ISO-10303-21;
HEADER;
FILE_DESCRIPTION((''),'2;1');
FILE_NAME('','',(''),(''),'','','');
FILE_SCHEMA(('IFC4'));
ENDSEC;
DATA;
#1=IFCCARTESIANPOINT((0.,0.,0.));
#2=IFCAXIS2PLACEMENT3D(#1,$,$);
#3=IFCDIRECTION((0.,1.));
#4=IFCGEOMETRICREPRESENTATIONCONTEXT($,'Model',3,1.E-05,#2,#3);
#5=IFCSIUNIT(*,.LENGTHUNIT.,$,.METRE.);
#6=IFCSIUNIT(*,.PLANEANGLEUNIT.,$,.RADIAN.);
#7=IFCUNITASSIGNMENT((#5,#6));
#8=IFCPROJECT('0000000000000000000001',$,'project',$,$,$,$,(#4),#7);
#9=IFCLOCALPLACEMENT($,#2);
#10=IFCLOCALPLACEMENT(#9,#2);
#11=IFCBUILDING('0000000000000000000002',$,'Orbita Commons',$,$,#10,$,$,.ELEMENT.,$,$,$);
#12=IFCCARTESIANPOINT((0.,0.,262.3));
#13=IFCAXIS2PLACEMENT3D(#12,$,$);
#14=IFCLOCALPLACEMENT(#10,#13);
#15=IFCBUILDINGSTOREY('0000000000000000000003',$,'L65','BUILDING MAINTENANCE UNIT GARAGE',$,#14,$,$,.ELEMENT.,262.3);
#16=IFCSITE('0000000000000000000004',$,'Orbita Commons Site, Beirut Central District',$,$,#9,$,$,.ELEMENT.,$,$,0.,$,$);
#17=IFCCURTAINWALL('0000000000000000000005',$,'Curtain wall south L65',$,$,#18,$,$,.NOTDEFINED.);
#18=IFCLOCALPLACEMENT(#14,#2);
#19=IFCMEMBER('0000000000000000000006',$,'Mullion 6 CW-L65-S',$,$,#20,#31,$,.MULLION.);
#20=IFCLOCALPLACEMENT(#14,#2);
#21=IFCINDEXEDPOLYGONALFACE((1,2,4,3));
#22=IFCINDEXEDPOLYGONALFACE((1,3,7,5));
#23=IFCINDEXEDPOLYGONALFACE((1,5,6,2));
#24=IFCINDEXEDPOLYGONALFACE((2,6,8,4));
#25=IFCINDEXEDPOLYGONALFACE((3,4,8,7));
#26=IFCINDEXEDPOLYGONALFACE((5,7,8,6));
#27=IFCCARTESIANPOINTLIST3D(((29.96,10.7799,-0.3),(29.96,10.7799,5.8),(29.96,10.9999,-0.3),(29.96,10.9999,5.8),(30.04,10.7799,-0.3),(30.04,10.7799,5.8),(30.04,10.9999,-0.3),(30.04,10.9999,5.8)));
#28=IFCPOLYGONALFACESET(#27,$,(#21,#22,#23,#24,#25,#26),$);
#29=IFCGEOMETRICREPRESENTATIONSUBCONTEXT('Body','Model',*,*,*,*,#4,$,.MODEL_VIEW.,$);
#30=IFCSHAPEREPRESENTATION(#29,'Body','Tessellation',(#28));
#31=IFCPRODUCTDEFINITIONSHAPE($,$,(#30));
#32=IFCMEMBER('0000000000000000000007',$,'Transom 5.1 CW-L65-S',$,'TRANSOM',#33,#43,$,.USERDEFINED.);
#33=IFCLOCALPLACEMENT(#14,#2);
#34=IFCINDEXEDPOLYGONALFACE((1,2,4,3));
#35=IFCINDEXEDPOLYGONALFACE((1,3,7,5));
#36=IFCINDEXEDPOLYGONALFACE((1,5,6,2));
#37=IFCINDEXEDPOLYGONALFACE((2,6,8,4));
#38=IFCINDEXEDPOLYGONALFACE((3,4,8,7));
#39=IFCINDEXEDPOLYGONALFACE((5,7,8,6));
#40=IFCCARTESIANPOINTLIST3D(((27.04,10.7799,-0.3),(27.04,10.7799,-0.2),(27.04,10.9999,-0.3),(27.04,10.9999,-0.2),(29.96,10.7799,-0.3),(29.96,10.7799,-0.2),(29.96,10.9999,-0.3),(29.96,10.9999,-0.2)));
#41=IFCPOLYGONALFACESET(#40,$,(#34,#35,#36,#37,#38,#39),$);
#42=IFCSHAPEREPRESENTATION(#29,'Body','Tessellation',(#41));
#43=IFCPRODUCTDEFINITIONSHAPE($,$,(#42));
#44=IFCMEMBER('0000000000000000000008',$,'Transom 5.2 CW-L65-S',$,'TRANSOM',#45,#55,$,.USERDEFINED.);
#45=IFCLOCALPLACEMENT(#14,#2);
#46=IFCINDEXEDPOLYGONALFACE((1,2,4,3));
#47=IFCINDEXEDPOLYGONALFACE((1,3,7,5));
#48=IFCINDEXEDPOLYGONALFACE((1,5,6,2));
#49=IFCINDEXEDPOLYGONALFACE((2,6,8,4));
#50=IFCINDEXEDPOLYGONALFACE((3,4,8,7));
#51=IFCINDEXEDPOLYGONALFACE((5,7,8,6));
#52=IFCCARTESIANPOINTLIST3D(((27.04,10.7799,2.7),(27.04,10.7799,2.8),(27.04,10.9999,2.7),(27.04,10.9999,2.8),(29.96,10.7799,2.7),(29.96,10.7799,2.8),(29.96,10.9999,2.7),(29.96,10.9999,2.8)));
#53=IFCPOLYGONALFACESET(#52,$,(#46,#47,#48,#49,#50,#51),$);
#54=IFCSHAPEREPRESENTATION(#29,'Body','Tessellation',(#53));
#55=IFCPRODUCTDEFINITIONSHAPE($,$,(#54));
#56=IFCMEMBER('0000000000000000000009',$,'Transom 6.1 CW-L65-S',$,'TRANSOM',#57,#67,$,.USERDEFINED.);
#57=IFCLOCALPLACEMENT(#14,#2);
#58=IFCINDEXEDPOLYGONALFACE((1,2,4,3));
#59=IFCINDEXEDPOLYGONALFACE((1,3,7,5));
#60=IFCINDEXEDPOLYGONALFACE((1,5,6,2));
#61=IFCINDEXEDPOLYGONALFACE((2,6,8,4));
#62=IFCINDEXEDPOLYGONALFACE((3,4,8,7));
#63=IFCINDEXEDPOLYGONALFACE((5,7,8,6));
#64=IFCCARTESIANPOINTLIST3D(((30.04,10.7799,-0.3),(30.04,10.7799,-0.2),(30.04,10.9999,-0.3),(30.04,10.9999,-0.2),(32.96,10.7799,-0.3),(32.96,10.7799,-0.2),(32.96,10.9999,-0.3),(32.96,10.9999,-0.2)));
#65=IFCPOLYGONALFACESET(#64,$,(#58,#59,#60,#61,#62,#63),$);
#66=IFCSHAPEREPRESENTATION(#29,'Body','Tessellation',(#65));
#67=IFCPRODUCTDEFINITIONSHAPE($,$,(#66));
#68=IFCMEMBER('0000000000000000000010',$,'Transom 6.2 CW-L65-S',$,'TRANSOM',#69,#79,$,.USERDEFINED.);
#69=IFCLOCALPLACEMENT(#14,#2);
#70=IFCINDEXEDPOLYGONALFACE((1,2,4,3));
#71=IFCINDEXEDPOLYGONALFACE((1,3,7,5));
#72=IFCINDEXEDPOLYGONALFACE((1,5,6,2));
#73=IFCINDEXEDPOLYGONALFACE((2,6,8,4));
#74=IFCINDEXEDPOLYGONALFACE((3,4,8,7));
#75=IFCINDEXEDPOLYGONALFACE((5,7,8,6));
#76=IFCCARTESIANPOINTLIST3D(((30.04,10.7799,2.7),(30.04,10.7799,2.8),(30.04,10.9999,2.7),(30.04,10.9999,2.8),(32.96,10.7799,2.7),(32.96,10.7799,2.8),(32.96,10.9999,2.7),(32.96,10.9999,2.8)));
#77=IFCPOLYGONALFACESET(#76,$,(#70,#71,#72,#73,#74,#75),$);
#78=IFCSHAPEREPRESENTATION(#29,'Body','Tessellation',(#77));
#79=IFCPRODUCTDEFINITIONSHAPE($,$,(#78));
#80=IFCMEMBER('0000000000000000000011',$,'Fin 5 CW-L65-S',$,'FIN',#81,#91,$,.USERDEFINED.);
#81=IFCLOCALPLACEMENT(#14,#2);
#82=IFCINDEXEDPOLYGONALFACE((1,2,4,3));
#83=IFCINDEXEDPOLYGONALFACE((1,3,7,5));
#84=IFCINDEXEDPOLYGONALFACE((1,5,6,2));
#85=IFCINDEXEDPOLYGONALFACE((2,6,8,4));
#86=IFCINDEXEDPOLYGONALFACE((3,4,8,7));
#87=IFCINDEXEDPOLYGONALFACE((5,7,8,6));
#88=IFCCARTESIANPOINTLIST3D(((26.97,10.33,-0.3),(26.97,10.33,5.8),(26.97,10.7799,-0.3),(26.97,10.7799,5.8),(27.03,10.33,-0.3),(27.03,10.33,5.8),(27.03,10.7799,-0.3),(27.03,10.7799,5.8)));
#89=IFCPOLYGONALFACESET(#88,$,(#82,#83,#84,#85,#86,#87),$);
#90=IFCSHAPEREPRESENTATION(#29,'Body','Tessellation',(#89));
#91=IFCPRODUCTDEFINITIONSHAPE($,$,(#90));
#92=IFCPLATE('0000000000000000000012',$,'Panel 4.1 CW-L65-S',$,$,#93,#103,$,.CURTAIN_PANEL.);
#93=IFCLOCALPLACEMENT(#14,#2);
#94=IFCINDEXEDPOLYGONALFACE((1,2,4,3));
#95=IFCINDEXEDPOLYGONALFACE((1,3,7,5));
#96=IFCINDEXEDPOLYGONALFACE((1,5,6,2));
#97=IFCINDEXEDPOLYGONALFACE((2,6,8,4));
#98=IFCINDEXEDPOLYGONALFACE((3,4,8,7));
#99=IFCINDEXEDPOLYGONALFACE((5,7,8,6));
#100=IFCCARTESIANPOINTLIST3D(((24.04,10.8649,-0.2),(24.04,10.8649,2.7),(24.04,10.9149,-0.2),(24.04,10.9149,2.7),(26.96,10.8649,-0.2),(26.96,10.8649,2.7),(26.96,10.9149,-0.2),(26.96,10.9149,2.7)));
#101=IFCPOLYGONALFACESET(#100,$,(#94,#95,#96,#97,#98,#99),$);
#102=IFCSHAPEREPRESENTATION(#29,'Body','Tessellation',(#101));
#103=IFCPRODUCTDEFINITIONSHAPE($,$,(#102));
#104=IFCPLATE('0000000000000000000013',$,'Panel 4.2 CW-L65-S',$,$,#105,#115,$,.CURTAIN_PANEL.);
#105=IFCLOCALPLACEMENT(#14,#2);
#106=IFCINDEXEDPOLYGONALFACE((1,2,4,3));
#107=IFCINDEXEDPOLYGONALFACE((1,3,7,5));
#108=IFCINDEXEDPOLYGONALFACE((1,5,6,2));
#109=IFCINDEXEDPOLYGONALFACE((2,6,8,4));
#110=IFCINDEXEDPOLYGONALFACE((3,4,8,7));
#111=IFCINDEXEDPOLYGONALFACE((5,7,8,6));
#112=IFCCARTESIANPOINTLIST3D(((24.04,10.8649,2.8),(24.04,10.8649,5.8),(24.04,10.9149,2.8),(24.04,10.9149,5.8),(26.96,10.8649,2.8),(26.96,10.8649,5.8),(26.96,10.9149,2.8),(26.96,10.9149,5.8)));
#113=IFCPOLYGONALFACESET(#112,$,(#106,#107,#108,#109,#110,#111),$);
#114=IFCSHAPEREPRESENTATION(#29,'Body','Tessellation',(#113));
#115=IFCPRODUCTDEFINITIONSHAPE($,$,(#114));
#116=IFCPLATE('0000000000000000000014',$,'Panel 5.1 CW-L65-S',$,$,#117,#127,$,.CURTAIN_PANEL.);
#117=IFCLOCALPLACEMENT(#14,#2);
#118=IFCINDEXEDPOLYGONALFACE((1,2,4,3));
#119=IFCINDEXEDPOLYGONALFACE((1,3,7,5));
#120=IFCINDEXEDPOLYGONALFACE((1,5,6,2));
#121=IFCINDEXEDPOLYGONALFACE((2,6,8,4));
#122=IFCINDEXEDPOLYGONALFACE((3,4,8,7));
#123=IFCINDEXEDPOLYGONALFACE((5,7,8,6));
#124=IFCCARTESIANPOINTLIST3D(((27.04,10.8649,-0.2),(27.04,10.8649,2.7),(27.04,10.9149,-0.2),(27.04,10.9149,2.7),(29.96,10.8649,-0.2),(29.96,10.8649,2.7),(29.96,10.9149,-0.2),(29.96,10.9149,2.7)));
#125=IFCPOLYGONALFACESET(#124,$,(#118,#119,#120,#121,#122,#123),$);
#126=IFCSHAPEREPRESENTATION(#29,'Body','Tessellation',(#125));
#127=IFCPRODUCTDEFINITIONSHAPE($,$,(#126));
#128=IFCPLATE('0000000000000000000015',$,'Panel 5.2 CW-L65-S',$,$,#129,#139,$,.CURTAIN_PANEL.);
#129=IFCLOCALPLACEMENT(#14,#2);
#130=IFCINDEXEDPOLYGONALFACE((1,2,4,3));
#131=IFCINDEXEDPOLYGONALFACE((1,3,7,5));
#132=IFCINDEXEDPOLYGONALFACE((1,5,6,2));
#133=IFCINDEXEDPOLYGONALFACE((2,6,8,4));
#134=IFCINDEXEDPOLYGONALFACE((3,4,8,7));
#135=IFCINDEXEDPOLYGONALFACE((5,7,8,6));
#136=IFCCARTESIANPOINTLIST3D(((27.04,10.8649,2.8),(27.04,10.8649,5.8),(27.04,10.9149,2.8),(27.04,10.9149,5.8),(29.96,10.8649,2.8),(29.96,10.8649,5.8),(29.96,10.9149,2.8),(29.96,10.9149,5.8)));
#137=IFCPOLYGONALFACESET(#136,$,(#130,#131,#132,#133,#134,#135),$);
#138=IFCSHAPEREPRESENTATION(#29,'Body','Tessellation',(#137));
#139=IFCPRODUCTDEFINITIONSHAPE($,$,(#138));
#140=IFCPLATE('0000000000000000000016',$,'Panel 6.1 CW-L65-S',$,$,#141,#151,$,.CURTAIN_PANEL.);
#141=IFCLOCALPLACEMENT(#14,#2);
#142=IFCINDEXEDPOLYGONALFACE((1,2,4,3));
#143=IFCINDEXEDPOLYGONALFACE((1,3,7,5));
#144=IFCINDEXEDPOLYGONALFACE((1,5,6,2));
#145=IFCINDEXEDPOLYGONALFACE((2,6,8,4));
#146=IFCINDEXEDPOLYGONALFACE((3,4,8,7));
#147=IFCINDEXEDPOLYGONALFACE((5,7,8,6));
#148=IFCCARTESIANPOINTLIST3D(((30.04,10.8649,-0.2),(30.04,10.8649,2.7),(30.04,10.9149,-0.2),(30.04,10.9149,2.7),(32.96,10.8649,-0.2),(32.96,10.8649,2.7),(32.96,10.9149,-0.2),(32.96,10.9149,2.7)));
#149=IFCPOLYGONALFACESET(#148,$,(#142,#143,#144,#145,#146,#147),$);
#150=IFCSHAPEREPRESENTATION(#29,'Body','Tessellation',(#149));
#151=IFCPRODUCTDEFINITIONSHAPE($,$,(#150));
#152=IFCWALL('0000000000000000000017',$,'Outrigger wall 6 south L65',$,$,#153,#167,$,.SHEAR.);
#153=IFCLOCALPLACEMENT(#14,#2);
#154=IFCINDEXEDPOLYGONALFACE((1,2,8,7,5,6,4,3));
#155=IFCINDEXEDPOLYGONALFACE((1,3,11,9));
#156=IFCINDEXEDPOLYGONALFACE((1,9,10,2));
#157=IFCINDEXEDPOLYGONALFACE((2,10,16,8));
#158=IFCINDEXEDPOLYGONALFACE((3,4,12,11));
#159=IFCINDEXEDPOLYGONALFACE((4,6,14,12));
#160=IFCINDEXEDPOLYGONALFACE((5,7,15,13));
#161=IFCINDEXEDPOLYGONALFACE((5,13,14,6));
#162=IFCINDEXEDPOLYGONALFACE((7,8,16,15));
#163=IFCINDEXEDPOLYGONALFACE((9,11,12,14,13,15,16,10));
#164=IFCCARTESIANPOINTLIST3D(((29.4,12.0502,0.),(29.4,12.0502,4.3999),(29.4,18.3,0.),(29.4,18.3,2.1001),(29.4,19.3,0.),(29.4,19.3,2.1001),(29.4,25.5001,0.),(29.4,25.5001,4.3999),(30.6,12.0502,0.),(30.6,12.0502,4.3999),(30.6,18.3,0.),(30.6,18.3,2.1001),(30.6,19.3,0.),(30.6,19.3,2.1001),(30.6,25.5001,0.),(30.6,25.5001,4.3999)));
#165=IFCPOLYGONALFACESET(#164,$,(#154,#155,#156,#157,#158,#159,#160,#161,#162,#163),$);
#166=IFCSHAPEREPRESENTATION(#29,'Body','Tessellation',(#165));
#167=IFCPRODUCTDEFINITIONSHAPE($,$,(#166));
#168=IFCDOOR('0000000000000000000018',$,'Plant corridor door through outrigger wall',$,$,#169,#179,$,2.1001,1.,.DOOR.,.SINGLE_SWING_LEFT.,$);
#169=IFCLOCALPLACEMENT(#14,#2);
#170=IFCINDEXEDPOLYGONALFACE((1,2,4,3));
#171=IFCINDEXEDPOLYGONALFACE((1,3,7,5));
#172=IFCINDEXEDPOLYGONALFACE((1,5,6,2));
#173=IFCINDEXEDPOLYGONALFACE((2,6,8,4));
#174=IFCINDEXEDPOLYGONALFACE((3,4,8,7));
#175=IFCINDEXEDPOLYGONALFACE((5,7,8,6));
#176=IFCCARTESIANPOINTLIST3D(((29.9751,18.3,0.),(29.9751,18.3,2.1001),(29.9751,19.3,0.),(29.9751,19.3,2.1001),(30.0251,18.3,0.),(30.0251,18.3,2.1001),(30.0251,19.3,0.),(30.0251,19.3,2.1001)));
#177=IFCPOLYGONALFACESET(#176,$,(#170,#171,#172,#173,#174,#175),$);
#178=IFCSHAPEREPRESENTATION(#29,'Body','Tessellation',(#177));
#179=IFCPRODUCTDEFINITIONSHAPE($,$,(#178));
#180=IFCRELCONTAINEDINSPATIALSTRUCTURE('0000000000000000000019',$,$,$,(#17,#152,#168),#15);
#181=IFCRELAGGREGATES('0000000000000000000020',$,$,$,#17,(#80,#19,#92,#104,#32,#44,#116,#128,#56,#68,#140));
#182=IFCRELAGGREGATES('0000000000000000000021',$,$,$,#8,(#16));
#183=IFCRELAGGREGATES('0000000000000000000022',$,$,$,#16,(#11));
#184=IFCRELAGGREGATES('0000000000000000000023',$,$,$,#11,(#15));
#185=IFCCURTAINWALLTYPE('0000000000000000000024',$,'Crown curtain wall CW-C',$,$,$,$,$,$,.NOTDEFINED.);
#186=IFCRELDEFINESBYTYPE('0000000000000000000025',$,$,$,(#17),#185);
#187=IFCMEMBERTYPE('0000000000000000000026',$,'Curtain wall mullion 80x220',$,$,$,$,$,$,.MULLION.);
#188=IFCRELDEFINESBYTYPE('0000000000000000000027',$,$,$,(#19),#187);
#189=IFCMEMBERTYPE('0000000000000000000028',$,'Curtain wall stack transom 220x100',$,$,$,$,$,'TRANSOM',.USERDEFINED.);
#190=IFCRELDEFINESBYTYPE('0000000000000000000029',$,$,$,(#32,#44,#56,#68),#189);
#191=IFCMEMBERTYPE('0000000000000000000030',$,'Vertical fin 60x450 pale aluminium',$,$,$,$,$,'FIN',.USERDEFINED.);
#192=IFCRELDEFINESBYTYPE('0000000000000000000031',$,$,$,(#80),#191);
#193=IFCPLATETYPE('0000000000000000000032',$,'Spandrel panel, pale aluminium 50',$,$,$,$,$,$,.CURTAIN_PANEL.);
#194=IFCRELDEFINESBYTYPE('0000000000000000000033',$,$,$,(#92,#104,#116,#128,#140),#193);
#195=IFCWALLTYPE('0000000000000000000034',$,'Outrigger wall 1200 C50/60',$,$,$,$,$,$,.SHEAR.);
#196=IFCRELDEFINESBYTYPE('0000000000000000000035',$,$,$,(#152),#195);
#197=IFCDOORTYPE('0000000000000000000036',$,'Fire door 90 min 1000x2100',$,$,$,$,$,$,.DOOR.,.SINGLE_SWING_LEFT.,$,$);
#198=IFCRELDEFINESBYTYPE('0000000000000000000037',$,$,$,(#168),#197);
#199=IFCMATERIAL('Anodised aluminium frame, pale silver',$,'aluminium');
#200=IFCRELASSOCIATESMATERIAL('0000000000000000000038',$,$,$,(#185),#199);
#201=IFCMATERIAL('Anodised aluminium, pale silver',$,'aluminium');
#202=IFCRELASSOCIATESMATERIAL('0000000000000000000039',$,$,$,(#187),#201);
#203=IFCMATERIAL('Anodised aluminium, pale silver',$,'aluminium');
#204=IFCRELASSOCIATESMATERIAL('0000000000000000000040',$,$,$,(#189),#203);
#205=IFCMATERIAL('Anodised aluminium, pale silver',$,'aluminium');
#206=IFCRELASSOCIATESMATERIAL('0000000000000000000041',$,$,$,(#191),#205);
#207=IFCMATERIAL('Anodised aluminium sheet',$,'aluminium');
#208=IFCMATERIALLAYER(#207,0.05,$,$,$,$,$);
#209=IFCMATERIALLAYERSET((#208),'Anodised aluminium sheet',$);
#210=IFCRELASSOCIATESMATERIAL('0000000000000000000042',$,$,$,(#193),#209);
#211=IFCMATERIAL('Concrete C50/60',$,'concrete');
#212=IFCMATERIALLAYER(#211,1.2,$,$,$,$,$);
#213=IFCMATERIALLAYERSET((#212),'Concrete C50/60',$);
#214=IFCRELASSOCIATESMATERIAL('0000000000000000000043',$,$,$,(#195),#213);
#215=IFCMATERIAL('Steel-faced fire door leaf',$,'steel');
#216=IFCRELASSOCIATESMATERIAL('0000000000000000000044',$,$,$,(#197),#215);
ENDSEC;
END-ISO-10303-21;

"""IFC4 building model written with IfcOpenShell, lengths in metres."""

from ifc_helpers import new_model, si_unit, direction, frame, frame_2d, origin, origin_2d, place, context, subcontext, project, spatial, rectangle, extrude, material, layer, layer_set, material_profile, profile_set, type_object, element, fill, aggregate, save


model = new_model("IFC4")

# Units and contexts
model_context = context("Model", 3, precision=1e-05, world=origin(), true_north=direction((0.0, 1.0)))
body_context = subcontext(model_context, "Body", "Model", "MODEL_VIEW")
ifc_project = project(units=[si_unit("LENGTHUNIT", "METRE"), si_unit("PLANEANGLEUNIT", "RADIAN")], contexts=[model_context])

# Site, building, storey
site_placement = place(None, origin())
site = spatial("IfcSite", under=ifc_project, at=site_placement, Name="Orbita Commons Site, Beirut Central District", CompositionType="ELEMENT", RefElevation=0.0)
building_placement = place(site_placement, origin())
building = spatial("IfcBuilding", under=site, at=building_placement, Name="Orbita Commons", CompositionType="ELEMENT")
storey_placement = place(building_placement, frame((0.0, 0.0, 262.3)))
storey = spatial("IfcBuildingStorey", under=building, at=storey_placement, Name="L65", Description="BUILDING MAINTENANCE UNIT GARAGE", CompositionType="ELEMENT", Elevation=262.3)

# Curtain wall, members, plates
ifc_material_1 = material(Name="Anodised aluminium frame, pale silver", Category="aluminium")
curtain_wall_type = type_object("IfcCurtainWallType", Name="Crown curtain wall CW-C", PredefinedType="NOTDEFINED", material=ifc_material_1)
curtain_wall_placement = place(storey_placement, origin())
curtain_wall = element("IfcCurtainWall", 1, at=curtain_wall_placement, inside=storey, type_object=curtain_wall_type, Name="Curtain wall south L65", PredefinedType="NOTDEFINED")
ifc_material_2 = material(Name="Anodised aluminium, pale silver", Category="aluminium")
ifc_material_profile_1 = material_profile(ifc_material_2, rectangle(XDim=0.0801, YDim=0.22, at=origin_2d()), Name="AL 80x220")
ifc_profile_set_1 = profile_set([ifc_material_profile_1], Name="Anodised aluminium, pale silver")
member_type_1 = type_object("IfcMemberType", Name="Curtain wall mullion 80x220", PredefinedType="MULLION", material=ifc_profile_set_1)
member_1_placement = place(storey_placement, frame((30.0, 10.8899, -0.3), z_axis=(0.0, 0.0, 1.0), x_axis=(1.0, 0.0, 0.0)))
member_1 = element("IfcMember", 2, at=member_1_placement, type_object=member_type_1, Name="Mullion 6 CW-L65-S", PredefinedType="MULLION", context=body_context, shape_type="SweptSolid", body=[
    extrude(rectangle(XDim=0.0801, YDim=0.22, at=origin_2d()), origin(), (0.0, 0.0, 1.0), 6.1001),
])
ifc_material_3 = material(Name="Anodised aluminium, pale silver", Category="aluminium")
ifc_material_profile_2 = material_profile(ifc_material_3, rectangle(XDim=0.22, YDim=0.1001, at=origin_2d()), Name="AL 220x100")
ifc_profile_set_2 = profile_set([ifc_material_profile_2], Name="Anodised aluminium, pale silver")
member_type_2 = type_object("IfcMemberType", Name="Curtain wall stack transom 220x100", ElementType="TRANSOM", PredefinedType="USERDEFINED", material=ifc_profile_set_2)
member_2_placement = place(storey_placement, frame((27.04, 10.8899, -0.25), z_axis=(1.0, 0.0, 0.0), x_axis=(0.0, 1.0, 0.0)))
member_2 = element("IfcMember", 3, at=member_2_placement, type_object=member_type_2, Name="Transom 5.1 CW-L65-S", ObjectType="TRANSOM", PredefinedType="USERDEFINED", context=body_context, shape_type="SweptSolid", body=[
    extrude(rectangle(XDim=0.22, YDim=0.1001, at=origin_2d()), origin(), (0.0, 0.0, 1.0), 2.9199),
])
member_3_placement = place(storey_placement, frame((27.04, 10.8899, 2.75), z_axis=(1.0, 0.0, 0.0), x_axis=(0.0, 1.0, 0.0)))
member_3 = element("IfcMember", 4, at=member_3_placement, type_object=member_type_2, Name="Transom 5.2 CW-L65-S", ObjectType="TRANSOM", PredefinedType="USERDEFINED", context=body_context, shape_type="SweptSolid", body=[
    extrude(rectangle(XDim=0.22, YDim=0.1001, at=origin_2d()), origin(), (0.0, 0.0, 1.0), 2.9199),
])
member_4_placement = place(storey_placement, frame((30.04, 10.8899, -0.25), z_axis=(1.0, 0.0, 0.0), x_axis=(0.0, 1.0, 0.0)))
member_4 = element("IfcMember", 5, at=member_4_placement, type_object=member_type_2, Name="Transom 6.1 CW-L65-S", ObjectType="TRANSOM", PredefinedType="USERDEFINED", context=body_context, shape_type="SweptSolid", body=[
    extrude(rectangle(XDim=0.22, YDim=0.1001, at=origin_2d()), origin(), (0.0, 0.0, 1.0), 2.9199),
])
member_5_placement = place(storey_placement, frame((30.04, 10.8899, 2.75), z_axis=(1.0, 0.0, 0.0), x_axis=(0.0, 1.0, 0.0)))
member_5 = element("IfcMember", 6, at=member_5_placement, type_object=member_type_2, Name="Transom 6.2 CW-L65-S", ObjectType="TRANSOM", PredefinedType="USERDEFINED", context=body_context, shape_type="SweptSolid", body=[
    extrude(rectangle(XDim=0.22, YDim=0.1001, at=origin_2d()), origin(), (0.0, 0.0, 1.0), 2.9199),
])
ifc_material_4 = material(Name="Anodised aluminium, pale silver", Category="aluminium")
ifc_material_profile_3 = material_profile(ifc_material_4, rectangle(XDim=0.0601, YDim=0.45, at=origin_2d()), Name="FIN 60x450")
ifc_profile_set_3 = profile_set([ifc_material_profile_3], Name="Anodised aluminium, pale silver")
member_type_3 = type_object("IfcMemberType", Name="Vertical fin 60x450 pale aluminium", ElementType="FIN", PredefinedType="USERDEFINED", material=ifc_profile_set_3)
member_6_placement = place(storey_placement, frame((27.0, 10.5549, -0.3), z_axis=(0.0, 0.0, 1.0), x_axis=(1.0, 0.0, 0.0)))
member_6 = element("IfcMember", 7, at=member_6_placement, type_object=member_type_3, Name="Fin 5 CW-L65-S", ObjectType="FIN", PredefinedType="USERDEFINED", context=body_context, shape_type="SweptSolid", body=[
    extrude(rectangle(XDim=0.0601, YDim=0.45, at=origin_2d()), origin(), (0.0, 0.0, 1.0), 6.1001),
])
ifc_material_5 = material(Name="Anodised aluminium sheet", Category="aluminium")
ifc_layer_1 = layer(ifc_material_5, 0.05)
ifc_layer_set_1 = layer_set([ifc_layer_1], Name="Anodised aluminium sheet")
plate_type = type_object("IfcPlateType", Name="Spandrel panel, pale aluminium 50", PredefinedType="CURTAIN_PANEL", material=ifc_layer_set_1)
plate_1_placement = place(storey_placement, frame((25.5, 10.8899, -0.2), z_axis=(0.0, 0.0, 1.0), x_axis=(1.0, 0.0, 0.0)))
plate_1 = element("IfcPlate", 8, at=plate_1_placement, type_object=plate_type, Name="Panel 4.1 CW-L65-S", PredefinedType="CURTAIN_PANEL", context=body_context, shape_type="SweptSolid", body=[
    extrude(rectangle(XDim=2.9199, YDim=0.05, at=origin_2d()), origin(), (0.0, 0.0, 1.0), 2.8999),
])
plate_2_placement = place(storey_placement, frame((25.5, 10.8899, 2.8), z_axis=(0.0, 0.0, 1.0), x_axis=(1.0, 0.0, 0.0)))
plate_2 = element("IfcPlate", 9, at=plate_2_placement, type_object=plate_type, Name="Panel 4.2 CW-L65-S", PredefinedType="CURTAIN_PANEL", context=body_context, shape_type="SweptSolid", body=[
    extrude(rectangle(XDim=2.9199, YDim=0.05, at=origin_2d()), origin(), (0.0, 0.0, 1.0), 3.0),
])
plate_3_placement = place(storey_placement, frame((28.5, 10.8899, -0.2), z_axis=(0.0, 0.0, 1.0), x_axis=(1.0, 0.0, 0.0)))
plate_3 = element("IfcPlate", 10, at=plate_3_placement, type_object=plate_type, Name="Panel 5.1 CW-L65-S", PredefinedType="CURTAIN_PANEL", context=body_context, shape_type="SweptSolid", body=[
    extrude(rectangle(XDim=2.9199, YDim=0.05, at=origin_2d()), origin(), (0.0, 0.0, 1.0), 2.8999),
])
plate_4_placement = place(storey_placement, frame((28.5, 10.8899, 2.8), z_axis=(0.0, 0.0, 1.0), x_axis=(1.0, 0.0, 0.0)))
plate_4 = element("IfcPlate", 11, at=plate_4_placement, type_object=plate_type, Name="Panel 5.2 CW-L65-S", PredefinedType="CURTAIN_PANEL", context=body_context, shape_type="SweptSolid", body=[
    extrude(rectangle(XDim=2.9199, YDim=0.05, at=origin_2d()), origin(), (0.0, 0.0, 1.0), 3.0),
])
plate_5_placement = place(storey_placement, frame((31.5, 10.8899, -0.2), z_axis=(0.0, 0.0, 1.0), x_axis=(1.0, 0.0, 0.0)))
plate_5 = element("IfcPlate", 12, at=plate_5_placement, type_object=plate_type, Name="Panel 6.1 CW-L65-S", PredefinedType="CURTAIN_PANEL", context=body_context, shape_type="SweptSolid", body=[
    extrude(rectangle(XDim=2.9199, YDim=0.05, at=origin_2d()), origin(), (0.0, 0.0, 1.0), 2.8999),
])
aggregate(curtain_wall, [member_6, member_1, plate_1, plate_2, member_2, member_3, plate_3, plate_4, member_4, member_5, plate_5])

# Wall, opening, door
ifc_material_6 = material(Name="Concrete C50/60", Category="concrete")
ifc_layer_2 = layer(ifc_material_6, 1.2)
ifc_layer_set_2 = layer_set([ifc_layer_2], Name="Concrete C50/60")
wall_type = type_object("IfcWallType", Name="Outrigger wall 1200 C50/60", PredefinedType="SHEAR", material=ifc_layer_set_2)
wall_placement = place(storey_placement, frame((30.0, 12.05, 0.0), z_axis=(0.0, 0.0, 1.0), x_axis=(0.0, 1.0, 0.0)))
wall = element("IfcWall", 13, at=wall_placement, inside=storey, type_object=wall_type, Name="Outrigger wall 6 south L65", PredefinedType="SHEAR", context=body_context, shape_type="SweptSolid", body=[
    extrude(rectangle(XDim=13.45, YDim=1.2, at=frame_2d((6.7251, 0.0))), origin(), (0.0, 0.0, 1.0), 4.3999),
])
opening_placement = place(wall_placement, frame((6.25, 0.0, 0.0)))
opening = element("IfcOpeningElement", 14, at=opening_placement, cuts=wall, PredefinedType="OPENING", context=body_context, shape_type="SweptSolid", body=[
    extrude(rectangle(XDim=1.0, YDim=2.1001, at=frame_2d((0.5, 1.05))), frame((0.0, 0.6099, 0.0), z_axis=(0.0, -1.0, 0.0), x_axis=(1.0, 0.0, 0.0)), (0.0, 0.0, 1.0), 1.22),
])
ifc_material_7 = material(Name="Steel-faced fire door leaf", Category="steel")
door_type = type_object("IfcDoorType", Name="Fire door 90 min 1000x2100", OperationType="SINGLE_SWING_LEFT", PredefinedType="DOOR", material=ifc_material_7)
door_placement = place(opening_placement, origin())
door = element("IfcDoor", 15, at=door_placement, inside=storey, type_object=door_type, Name="Plant corridor door through outrigger wall", OperationType="SINGLE_SWING_LEFT", OverallHeight=2.1001, OverallWidth=1.0, PredefinedType="DOOR", context=body_context, shape_type="SweptSolid", body=[
    extrude(rectangle(XDim=1.0, YDim=2.1001, at=frame_2d((0.5, 1.05))), frame((0.0, 0.0249, 0.0), z_axis=(0.0, -1.0, 0.0), x_axis=(1.0, 0.0, 0.0)), (0.0, 0.0, 1.0), 0.05),
])
fill(opening, door)

save(model, "model.ifc")
